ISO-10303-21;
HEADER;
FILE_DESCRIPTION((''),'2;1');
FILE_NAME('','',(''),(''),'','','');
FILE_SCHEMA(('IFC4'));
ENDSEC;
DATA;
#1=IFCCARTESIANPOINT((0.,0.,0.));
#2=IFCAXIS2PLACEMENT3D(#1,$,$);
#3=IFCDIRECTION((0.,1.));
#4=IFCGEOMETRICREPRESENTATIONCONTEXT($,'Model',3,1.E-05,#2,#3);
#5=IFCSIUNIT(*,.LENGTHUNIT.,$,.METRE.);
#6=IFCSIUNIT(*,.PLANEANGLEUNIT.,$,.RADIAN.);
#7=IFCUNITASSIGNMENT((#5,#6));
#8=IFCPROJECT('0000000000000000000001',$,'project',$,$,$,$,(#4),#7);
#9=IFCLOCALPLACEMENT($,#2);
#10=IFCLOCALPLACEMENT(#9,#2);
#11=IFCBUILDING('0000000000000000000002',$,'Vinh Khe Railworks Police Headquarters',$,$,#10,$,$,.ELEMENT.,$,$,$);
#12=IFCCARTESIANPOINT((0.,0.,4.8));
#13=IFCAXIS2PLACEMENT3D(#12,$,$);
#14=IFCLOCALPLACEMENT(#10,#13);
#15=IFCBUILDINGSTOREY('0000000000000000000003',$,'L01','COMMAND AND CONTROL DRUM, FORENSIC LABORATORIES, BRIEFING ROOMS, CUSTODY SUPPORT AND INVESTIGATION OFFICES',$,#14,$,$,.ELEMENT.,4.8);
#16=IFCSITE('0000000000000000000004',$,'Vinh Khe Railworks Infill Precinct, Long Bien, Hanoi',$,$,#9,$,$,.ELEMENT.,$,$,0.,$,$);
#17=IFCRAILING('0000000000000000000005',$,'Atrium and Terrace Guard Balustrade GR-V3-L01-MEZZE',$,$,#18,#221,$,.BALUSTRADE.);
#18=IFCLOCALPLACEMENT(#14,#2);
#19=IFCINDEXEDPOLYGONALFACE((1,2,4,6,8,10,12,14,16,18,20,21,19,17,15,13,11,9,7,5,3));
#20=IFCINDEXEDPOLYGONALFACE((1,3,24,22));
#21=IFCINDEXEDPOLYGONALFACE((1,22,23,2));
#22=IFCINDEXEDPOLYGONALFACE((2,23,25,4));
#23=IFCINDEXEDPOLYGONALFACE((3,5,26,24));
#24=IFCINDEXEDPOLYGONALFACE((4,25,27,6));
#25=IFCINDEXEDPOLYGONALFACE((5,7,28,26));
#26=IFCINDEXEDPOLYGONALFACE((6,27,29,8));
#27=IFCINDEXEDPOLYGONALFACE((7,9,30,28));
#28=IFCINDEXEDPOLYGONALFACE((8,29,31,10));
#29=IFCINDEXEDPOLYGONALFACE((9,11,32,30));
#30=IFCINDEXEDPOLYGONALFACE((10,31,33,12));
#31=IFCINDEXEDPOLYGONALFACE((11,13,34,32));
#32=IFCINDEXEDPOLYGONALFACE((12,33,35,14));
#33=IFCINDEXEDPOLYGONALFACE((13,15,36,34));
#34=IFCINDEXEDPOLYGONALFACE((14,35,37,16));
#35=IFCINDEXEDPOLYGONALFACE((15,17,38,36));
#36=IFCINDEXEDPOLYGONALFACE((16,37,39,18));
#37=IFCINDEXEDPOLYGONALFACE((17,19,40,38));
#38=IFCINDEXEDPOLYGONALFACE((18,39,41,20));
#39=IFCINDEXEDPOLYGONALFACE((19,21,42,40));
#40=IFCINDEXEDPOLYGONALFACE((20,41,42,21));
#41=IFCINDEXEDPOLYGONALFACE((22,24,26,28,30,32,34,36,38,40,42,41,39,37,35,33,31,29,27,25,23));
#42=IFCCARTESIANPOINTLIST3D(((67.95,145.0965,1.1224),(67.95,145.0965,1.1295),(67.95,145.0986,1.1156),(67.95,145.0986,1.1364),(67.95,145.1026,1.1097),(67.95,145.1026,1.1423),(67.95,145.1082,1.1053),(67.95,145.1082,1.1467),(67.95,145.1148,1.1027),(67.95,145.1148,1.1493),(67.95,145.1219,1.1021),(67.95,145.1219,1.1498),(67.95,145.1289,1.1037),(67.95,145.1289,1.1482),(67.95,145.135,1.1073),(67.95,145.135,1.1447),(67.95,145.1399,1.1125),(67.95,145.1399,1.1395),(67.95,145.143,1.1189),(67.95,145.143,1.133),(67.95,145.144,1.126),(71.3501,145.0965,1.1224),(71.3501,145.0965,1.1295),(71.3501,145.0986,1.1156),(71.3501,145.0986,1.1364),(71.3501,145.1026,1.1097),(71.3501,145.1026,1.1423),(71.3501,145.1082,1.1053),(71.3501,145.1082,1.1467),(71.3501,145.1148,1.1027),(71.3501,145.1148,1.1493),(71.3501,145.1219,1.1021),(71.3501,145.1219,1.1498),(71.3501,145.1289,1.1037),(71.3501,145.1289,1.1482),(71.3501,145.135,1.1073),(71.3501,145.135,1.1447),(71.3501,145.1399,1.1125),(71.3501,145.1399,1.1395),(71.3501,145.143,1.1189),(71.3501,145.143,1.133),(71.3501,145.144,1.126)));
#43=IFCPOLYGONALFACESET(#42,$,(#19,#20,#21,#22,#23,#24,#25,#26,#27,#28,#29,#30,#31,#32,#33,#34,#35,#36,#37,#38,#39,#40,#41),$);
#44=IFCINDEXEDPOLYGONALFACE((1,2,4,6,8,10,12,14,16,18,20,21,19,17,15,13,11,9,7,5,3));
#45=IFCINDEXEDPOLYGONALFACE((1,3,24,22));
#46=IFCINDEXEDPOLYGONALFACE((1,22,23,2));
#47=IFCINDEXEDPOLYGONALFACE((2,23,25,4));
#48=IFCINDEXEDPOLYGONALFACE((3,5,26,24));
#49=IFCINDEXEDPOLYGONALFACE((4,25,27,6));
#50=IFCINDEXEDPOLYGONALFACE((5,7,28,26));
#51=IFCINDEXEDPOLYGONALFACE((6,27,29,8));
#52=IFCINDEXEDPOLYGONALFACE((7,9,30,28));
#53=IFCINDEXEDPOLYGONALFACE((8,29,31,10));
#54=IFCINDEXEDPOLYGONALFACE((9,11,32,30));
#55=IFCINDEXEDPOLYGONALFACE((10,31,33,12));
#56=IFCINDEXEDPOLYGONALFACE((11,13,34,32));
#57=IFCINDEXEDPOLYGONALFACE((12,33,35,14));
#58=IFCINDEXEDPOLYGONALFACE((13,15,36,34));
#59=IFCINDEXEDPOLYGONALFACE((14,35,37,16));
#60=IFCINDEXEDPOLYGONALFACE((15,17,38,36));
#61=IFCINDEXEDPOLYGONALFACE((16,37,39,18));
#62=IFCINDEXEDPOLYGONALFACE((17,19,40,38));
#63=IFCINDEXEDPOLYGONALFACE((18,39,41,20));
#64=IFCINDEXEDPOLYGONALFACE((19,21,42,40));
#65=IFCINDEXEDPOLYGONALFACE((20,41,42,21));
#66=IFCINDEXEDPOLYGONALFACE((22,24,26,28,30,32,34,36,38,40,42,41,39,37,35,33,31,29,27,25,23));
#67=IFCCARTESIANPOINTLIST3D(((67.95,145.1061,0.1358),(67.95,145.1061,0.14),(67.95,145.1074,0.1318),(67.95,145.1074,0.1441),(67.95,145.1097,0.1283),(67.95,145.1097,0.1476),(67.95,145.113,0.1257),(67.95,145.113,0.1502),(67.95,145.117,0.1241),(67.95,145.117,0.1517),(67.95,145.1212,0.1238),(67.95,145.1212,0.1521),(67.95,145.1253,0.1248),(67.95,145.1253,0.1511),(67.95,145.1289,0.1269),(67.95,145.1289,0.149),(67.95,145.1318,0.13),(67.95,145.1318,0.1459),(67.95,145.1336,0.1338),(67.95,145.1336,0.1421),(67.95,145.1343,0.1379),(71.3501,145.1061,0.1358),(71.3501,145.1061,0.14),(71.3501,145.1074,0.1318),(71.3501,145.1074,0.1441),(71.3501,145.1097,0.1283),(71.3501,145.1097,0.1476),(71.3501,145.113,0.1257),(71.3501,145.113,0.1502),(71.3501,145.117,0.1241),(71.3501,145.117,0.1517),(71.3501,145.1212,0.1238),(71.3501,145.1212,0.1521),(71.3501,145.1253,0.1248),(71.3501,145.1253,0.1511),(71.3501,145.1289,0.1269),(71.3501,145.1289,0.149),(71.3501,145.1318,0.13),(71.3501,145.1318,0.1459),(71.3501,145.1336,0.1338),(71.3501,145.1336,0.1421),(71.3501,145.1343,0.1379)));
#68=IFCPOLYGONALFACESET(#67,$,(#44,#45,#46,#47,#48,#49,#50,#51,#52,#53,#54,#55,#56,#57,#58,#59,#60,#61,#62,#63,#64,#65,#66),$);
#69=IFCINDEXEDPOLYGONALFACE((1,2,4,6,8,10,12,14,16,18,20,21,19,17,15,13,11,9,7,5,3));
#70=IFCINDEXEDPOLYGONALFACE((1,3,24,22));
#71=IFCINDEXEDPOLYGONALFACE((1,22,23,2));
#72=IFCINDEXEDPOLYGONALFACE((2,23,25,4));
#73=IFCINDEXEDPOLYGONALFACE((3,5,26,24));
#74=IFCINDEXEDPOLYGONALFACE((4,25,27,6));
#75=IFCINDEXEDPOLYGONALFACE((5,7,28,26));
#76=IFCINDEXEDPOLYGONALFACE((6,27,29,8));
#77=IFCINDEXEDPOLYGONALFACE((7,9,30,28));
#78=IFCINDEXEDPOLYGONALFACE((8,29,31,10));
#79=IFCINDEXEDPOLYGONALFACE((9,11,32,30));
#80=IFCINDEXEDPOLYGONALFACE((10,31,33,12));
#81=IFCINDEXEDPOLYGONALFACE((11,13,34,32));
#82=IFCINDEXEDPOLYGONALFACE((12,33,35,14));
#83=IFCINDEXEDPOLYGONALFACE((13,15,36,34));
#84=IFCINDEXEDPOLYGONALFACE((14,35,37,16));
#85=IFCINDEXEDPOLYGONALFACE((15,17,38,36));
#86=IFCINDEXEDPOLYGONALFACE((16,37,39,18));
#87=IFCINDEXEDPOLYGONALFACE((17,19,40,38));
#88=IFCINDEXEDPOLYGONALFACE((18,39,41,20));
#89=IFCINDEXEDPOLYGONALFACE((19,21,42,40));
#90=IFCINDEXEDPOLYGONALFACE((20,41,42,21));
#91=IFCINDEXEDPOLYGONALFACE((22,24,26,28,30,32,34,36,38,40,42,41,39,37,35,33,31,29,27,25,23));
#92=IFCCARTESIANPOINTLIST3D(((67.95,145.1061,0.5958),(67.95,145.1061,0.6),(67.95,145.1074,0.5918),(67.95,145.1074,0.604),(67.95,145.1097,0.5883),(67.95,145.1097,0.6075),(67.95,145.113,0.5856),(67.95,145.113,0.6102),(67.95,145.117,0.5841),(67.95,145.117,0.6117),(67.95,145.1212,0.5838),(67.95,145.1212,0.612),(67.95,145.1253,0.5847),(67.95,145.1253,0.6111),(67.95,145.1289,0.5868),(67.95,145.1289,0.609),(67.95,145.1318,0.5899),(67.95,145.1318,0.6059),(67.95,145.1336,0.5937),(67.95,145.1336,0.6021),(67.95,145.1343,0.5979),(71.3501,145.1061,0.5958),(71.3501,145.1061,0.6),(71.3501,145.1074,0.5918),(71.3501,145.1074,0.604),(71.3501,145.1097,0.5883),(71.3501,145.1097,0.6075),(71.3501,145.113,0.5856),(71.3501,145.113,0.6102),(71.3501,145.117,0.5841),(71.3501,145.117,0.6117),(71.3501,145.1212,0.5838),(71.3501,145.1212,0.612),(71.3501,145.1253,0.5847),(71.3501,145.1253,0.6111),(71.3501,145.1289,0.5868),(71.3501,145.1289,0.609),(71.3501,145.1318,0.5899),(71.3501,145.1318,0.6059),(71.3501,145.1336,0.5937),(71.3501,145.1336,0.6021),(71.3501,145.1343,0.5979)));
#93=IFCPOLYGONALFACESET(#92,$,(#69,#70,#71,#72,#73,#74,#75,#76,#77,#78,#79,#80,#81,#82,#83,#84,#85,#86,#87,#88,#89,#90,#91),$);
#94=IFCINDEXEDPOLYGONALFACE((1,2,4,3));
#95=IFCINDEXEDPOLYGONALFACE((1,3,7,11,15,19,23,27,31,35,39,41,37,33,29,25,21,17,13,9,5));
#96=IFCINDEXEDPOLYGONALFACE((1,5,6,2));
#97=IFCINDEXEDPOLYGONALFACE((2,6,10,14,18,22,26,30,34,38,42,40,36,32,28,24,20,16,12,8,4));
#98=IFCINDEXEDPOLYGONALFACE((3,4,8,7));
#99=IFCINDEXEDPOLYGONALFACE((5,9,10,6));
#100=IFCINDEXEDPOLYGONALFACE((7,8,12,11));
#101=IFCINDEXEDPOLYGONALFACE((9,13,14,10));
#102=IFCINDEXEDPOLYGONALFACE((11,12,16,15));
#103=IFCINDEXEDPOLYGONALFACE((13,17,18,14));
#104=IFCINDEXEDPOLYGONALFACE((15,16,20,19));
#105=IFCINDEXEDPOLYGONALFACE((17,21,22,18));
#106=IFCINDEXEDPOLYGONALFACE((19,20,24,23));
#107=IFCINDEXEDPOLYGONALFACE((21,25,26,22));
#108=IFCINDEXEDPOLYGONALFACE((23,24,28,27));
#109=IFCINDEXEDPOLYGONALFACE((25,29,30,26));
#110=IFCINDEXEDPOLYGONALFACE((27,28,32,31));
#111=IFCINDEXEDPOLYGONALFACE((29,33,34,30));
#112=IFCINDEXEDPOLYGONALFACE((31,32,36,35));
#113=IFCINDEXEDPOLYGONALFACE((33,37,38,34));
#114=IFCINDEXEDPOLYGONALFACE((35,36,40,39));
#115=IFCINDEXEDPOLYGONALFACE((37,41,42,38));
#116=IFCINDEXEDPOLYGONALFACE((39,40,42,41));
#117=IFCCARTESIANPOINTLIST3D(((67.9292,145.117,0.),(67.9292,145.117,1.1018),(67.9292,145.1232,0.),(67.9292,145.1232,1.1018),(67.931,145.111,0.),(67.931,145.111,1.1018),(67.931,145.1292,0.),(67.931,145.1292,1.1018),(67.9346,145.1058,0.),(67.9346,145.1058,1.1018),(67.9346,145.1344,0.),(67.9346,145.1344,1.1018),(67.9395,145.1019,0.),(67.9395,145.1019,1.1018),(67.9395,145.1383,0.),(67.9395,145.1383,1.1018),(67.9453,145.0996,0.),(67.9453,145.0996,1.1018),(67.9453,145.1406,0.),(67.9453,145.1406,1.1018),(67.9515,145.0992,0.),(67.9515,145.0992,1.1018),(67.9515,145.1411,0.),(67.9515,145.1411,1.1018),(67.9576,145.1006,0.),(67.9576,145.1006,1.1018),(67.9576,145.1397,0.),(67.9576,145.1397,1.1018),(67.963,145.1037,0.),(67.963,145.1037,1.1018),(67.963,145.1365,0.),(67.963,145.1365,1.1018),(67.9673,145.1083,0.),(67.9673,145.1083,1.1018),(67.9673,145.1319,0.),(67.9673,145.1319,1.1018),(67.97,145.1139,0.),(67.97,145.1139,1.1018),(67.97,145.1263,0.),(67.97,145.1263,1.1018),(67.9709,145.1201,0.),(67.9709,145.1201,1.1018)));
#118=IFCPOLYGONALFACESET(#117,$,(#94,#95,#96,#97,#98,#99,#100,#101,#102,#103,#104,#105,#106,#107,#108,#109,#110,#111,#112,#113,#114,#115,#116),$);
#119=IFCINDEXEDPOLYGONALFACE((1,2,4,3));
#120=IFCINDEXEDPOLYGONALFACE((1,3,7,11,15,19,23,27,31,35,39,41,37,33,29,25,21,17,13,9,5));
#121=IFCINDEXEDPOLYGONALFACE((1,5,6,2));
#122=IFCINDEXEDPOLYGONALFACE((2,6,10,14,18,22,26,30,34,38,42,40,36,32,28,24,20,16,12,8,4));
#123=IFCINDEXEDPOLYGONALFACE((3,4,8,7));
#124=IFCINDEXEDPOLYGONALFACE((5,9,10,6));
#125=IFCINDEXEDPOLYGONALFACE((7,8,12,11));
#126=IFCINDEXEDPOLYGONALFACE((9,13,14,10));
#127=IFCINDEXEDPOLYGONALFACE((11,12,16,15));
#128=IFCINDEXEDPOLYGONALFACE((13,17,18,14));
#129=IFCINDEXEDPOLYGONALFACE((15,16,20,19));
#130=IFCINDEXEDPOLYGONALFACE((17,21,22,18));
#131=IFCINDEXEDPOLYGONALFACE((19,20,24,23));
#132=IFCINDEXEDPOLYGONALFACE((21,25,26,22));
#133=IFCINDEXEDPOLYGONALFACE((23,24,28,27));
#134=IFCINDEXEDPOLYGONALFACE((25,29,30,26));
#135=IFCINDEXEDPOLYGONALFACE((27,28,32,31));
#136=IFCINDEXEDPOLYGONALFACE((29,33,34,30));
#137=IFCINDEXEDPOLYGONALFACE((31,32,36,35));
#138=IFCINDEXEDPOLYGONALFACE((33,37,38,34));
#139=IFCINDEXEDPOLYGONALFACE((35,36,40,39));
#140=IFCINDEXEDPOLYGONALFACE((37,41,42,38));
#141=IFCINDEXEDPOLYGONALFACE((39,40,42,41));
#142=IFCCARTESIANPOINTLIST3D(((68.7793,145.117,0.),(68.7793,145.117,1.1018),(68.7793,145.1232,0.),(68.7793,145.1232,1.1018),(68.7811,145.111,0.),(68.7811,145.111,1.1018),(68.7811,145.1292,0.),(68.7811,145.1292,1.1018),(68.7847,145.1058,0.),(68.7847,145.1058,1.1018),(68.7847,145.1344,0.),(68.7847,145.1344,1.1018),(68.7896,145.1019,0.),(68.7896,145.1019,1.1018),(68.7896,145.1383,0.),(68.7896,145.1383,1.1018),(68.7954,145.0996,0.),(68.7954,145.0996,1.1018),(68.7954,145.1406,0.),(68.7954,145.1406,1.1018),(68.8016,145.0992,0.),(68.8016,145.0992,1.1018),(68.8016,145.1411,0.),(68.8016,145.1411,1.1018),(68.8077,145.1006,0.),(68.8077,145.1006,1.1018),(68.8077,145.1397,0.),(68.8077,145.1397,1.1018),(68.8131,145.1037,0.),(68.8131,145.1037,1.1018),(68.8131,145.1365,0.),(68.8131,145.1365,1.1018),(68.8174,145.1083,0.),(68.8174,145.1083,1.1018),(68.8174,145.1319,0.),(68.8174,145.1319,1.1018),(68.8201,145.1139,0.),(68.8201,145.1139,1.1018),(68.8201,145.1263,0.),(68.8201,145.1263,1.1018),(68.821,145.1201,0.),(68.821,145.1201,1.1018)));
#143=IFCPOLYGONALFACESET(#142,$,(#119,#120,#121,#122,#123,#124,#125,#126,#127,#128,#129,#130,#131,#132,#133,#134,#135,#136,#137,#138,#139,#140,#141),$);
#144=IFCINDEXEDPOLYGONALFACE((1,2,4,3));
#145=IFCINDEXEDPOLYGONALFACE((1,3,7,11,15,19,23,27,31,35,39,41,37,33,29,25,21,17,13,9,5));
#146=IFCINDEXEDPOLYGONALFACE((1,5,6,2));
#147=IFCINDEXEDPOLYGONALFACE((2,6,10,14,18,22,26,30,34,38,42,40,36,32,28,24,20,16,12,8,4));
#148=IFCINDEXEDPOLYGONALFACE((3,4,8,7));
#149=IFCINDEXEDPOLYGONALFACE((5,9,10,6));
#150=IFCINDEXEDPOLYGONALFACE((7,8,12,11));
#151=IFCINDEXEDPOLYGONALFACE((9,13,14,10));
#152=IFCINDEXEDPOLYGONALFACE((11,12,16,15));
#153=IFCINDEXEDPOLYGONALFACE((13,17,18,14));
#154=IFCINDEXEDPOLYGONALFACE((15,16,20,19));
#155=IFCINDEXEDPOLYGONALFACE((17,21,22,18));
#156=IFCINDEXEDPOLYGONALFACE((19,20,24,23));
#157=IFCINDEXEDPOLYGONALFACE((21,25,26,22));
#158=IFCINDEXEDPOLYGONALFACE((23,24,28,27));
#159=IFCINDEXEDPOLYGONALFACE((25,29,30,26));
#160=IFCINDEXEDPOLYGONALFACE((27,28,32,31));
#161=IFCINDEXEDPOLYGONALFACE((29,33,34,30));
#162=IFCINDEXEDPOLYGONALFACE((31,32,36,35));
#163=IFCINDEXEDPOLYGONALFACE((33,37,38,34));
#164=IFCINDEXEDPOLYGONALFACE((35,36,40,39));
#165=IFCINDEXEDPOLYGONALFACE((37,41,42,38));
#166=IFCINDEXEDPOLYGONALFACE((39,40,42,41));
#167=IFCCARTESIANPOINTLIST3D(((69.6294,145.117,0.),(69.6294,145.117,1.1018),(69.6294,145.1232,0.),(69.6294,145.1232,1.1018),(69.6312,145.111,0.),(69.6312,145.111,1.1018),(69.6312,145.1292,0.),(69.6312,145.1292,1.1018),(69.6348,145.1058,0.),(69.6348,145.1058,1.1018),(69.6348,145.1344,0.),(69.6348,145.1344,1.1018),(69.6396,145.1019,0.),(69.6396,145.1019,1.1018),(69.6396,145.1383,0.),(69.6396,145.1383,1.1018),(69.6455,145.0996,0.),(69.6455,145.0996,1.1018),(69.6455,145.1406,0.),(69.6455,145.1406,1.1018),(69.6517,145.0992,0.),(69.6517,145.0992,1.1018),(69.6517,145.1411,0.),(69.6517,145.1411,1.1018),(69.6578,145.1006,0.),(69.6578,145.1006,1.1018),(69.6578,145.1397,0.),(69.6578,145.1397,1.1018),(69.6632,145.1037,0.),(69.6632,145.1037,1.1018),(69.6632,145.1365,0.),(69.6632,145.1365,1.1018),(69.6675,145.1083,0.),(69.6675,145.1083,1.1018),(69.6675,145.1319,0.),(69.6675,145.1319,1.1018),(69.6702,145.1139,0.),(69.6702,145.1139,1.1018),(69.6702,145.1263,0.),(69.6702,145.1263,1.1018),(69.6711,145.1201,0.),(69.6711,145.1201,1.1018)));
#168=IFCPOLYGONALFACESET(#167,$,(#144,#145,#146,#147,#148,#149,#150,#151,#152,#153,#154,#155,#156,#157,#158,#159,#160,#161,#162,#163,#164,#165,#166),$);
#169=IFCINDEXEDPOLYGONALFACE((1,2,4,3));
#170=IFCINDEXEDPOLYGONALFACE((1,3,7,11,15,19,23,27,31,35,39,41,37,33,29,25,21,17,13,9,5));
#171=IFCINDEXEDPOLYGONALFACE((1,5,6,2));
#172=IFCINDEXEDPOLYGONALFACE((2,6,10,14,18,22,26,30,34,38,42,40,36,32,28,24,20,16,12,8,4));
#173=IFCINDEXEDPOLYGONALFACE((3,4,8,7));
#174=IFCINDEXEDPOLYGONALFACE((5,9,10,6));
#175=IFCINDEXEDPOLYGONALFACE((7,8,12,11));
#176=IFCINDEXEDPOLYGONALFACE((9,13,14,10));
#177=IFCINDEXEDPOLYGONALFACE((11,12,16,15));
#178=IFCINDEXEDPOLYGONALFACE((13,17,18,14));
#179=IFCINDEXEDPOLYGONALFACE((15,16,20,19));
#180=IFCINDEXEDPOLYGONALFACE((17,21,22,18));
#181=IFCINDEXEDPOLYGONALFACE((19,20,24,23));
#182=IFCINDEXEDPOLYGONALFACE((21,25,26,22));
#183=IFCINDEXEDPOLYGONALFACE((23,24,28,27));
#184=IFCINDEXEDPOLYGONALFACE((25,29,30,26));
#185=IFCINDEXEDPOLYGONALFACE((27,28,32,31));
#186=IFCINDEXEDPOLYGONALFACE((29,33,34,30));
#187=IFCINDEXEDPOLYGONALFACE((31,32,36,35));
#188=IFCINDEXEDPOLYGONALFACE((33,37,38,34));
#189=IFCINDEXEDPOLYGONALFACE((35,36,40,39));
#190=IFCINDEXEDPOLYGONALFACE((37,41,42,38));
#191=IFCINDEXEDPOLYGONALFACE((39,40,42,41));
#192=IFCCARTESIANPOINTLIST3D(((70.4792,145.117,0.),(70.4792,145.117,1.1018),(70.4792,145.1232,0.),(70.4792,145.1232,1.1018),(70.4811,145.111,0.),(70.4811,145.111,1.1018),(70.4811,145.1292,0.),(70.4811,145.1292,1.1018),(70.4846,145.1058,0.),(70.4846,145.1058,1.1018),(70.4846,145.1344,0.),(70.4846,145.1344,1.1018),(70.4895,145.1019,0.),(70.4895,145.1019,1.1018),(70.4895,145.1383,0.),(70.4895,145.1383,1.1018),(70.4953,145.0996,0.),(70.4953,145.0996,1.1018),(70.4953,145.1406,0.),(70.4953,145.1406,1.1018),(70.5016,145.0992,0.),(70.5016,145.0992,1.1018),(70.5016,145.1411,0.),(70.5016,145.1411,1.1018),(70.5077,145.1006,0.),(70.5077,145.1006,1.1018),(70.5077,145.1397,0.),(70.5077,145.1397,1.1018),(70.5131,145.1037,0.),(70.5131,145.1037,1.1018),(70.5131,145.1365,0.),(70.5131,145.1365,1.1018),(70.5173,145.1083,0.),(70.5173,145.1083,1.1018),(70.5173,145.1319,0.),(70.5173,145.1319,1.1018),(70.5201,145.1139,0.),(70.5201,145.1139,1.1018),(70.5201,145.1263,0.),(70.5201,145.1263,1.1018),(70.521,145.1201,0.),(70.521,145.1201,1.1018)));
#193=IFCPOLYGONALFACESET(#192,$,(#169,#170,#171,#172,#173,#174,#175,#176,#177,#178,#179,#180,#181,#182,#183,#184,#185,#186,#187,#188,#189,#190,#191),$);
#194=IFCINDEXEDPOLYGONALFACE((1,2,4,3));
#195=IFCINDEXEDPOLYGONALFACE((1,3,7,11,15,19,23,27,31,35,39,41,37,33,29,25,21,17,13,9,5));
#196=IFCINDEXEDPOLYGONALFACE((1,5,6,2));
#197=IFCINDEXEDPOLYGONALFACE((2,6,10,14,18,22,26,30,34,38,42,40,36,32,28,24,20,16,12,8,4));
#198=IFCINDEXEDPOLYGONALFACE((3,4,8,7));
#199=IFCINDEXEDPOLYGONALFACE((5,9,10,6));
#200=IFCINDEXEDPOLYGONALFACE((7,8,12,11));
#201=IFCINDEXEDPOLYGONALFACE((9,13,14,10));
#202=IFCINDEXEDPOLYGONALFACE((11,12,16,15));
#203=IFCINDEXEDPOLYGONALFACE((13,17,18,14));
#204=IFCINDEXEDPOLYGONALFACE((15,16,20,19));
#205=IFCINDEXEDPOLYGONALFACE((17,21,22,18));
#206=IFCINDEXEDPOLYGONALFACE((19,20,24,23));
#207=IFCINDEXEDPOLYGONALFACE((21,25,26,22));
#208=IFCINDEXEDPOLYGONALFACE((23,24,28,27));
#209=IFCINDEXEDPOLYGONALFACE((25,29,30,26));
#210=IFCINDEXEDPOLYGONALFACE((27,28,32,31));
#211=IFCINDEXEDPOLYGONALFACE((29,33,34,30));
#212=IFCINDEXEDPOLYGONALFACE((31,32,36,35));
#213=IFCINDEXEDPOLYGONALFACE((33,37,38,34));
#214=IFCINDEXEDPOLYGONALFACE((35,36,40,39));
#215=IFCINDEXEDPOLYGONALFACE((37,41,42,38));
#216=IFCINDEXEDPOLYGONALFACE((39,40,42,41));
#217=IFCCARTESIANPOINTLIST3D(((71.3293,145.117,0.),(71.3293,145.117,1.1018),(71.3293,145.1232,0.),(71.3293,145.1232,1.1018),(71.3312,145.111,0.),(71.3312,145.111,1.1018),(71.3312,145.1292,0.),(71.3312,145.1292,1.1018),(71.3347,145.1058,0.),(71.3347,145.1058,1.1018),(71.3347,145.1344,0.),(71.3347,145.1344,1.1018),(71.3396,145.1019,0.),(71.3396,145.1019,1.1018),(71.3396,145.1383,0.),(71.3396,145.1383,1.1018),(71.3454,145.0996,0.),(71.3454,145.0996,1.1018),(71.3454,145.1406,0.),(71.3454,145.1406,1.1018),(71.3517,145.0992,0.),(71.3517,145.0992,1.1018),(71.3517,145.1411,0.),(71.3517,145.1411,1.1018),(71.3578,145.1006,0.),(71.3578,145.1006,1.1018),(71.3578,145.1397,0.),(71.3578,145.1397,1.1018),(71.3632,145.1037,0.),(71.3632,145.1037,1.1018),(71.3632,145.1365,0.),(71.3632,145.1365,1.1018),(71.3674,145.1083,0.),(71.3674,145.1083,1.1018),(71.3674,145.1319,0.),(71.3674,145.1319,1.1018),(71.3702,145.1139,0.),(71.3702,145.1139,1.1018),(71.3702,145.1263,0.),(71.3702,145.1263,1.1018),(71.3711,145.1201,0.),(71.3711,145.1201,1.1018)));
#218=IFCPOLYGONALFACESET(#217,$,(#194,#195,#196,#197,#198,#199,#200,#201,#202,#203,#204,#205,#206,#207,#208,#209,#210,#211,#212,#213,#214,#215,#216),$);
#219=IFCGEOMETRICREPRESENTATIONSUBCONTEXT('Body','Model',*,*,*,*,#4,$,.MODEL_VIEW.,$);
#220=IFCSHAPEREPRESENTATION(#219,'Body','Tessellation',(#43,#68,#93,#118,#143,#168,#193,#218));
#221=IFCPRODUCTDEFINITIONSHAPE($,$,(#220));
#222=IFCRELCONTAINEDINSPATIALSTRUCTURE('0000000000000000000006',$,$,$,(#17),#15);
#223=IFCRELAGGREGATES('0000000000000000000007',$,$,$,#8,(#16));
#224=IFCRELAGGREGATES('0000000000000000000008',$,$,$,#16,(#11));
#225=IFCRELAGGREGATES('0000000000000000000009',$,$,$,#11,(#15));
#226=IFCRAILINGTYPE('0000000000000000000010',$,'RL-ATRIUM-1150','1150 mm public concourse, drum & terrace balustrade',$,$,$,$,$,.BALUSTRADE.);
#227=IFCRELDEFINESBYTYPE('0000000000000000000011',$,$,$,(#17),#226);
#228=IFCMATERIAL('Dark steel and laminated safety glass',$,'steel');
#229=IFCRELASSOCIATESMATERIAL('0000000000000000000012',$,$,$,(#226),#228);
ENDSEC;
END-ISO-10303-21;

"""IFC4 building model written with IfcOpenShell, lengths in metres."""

from ifc_helpers import new_model, si_unit, direction, frame, origin, origin_2d, place, context, subcontext, project, spatial, circle, extrude, material, type_object, element, save


model = new_model("IFC4")

# Units and contexts
model_context = context("Model", 3, precision=1e-05, world=origin(), true_north=direction((0.0, 1.0)))
body_context = subcontext(model_context, "Body", "Model", "MODEL_VIEW")
ifc_project = project(units=[si_unit("LENGTHUNIT", "METRE"), si_unit("PLANEANGLEUNIT", "RADIAN")], contexts=[model_context])

# Site, building, storey
site_placement = place(None, origin())
site = spatial("IfcSite", under=ifc_project, at=site_placement, Name="Vinh Khe Railworks Infill Precinct, Long Bien, Hanoi", CompositionType="ELEMENT", RefElevation=0.0)
building_placement = place(site_placement, origin())
building = spatial("IfcBuilding", under=site, at=building_placement, Name="Vinh Khe Railworks Police Headquarters", CompositionType="ELEMENT")
storey_placement = place(building_placement, frame((0.0, 0.0, 4.8)))
storey = spatial("IfcBuildingStorey", under=building, at=storey_placement, Name="L01", Description="COMMAND AND CONTROL DRUM, FORENSIC LABORATORIES, BRIEFING ROOMS, CUSTODY SUPPORT AND INVESTIGATION OFFICES", CompositionType="ELEMENT", Elevation=4.8)

# Railing
ifc_material_1 = material(Name="Dark steel and laminated safety glass", Category="steel")
railing_type_1 = type_object("IfcRailingType", Name="RL-ATRIUM-1150", Description="1150 mm public concourse, drum & terrace balustrade", PredefinedType="BALUSTRADE", material=ifc_material_1)
railing_1_placement = place(storey_placement, frame((67.95, 145.1201, 0.0)))
element("IfcRailing", 1, at=railing_1_placement, inside=storey, type_object=railing_type_1, Name="Atrium and Terrace Guard Balustrade GR-V3-L01-MEZZE", PredefinedType="BALUSTRADE", context=body_context, shape_type="SweptSolid", body=[
    extrude(circle(Radius=0.0239, at=origin_2d()), frame((0.0, 0.0, 1.126), z_axis=(1.0, 0.0, 0.0), x_axis=(0.0, 1.0, 0.0)), (0.0, 0.0, 1.0), 3.4001),
    extrude(circle(Radius=0.0142, at=origin_2d()), frame((0.0, 0.0, 0.1379), z_axis=(1.0, 0.0, 0.0), x_axis=(0.0, 1.0, 0.0)), (0.0, 0.0, 1.0), 3.4001),
    extrude(circle(Radius=0.0142, at=origin_2d()), frame((0.0, 0.0, 0.5979), z_axis=(1.0, 0.0, 0.0), x_axis=(0.0, 1.0, 0.0)), (0.0, 0.0, 1.0), 3.4001),
    extrude(circle(Radius=0.021, at=origin_2d()), origin(), (0.0, 0.0, 1.0), 1.1018),
    extrude(circle(Radius=0.021, at=origin_2d()), frame((0.8501, 0.0, 0.0)), (0.0, 0.0, 1.0), 1.1018),
    extrude(circle(Radius=0.021, at=origin_2d()), frame((1.7002, 0.0, 0.0)), (0.0, 0.0, 1.0), 1.1018),
    extrude(circle(Radius=0.021, at=origin_2d()), frame((2.55, 0.0, 0.0)), (0.0, 0.0, 1.0), 1.1018),
    extrude(circle(Radius=0.021, at=origin_2d()), frame((3.4001, 0.0, 0.0)), (0.0, 0.0, 1.0), 1.1018),
])

save(model, "model.ifc")
